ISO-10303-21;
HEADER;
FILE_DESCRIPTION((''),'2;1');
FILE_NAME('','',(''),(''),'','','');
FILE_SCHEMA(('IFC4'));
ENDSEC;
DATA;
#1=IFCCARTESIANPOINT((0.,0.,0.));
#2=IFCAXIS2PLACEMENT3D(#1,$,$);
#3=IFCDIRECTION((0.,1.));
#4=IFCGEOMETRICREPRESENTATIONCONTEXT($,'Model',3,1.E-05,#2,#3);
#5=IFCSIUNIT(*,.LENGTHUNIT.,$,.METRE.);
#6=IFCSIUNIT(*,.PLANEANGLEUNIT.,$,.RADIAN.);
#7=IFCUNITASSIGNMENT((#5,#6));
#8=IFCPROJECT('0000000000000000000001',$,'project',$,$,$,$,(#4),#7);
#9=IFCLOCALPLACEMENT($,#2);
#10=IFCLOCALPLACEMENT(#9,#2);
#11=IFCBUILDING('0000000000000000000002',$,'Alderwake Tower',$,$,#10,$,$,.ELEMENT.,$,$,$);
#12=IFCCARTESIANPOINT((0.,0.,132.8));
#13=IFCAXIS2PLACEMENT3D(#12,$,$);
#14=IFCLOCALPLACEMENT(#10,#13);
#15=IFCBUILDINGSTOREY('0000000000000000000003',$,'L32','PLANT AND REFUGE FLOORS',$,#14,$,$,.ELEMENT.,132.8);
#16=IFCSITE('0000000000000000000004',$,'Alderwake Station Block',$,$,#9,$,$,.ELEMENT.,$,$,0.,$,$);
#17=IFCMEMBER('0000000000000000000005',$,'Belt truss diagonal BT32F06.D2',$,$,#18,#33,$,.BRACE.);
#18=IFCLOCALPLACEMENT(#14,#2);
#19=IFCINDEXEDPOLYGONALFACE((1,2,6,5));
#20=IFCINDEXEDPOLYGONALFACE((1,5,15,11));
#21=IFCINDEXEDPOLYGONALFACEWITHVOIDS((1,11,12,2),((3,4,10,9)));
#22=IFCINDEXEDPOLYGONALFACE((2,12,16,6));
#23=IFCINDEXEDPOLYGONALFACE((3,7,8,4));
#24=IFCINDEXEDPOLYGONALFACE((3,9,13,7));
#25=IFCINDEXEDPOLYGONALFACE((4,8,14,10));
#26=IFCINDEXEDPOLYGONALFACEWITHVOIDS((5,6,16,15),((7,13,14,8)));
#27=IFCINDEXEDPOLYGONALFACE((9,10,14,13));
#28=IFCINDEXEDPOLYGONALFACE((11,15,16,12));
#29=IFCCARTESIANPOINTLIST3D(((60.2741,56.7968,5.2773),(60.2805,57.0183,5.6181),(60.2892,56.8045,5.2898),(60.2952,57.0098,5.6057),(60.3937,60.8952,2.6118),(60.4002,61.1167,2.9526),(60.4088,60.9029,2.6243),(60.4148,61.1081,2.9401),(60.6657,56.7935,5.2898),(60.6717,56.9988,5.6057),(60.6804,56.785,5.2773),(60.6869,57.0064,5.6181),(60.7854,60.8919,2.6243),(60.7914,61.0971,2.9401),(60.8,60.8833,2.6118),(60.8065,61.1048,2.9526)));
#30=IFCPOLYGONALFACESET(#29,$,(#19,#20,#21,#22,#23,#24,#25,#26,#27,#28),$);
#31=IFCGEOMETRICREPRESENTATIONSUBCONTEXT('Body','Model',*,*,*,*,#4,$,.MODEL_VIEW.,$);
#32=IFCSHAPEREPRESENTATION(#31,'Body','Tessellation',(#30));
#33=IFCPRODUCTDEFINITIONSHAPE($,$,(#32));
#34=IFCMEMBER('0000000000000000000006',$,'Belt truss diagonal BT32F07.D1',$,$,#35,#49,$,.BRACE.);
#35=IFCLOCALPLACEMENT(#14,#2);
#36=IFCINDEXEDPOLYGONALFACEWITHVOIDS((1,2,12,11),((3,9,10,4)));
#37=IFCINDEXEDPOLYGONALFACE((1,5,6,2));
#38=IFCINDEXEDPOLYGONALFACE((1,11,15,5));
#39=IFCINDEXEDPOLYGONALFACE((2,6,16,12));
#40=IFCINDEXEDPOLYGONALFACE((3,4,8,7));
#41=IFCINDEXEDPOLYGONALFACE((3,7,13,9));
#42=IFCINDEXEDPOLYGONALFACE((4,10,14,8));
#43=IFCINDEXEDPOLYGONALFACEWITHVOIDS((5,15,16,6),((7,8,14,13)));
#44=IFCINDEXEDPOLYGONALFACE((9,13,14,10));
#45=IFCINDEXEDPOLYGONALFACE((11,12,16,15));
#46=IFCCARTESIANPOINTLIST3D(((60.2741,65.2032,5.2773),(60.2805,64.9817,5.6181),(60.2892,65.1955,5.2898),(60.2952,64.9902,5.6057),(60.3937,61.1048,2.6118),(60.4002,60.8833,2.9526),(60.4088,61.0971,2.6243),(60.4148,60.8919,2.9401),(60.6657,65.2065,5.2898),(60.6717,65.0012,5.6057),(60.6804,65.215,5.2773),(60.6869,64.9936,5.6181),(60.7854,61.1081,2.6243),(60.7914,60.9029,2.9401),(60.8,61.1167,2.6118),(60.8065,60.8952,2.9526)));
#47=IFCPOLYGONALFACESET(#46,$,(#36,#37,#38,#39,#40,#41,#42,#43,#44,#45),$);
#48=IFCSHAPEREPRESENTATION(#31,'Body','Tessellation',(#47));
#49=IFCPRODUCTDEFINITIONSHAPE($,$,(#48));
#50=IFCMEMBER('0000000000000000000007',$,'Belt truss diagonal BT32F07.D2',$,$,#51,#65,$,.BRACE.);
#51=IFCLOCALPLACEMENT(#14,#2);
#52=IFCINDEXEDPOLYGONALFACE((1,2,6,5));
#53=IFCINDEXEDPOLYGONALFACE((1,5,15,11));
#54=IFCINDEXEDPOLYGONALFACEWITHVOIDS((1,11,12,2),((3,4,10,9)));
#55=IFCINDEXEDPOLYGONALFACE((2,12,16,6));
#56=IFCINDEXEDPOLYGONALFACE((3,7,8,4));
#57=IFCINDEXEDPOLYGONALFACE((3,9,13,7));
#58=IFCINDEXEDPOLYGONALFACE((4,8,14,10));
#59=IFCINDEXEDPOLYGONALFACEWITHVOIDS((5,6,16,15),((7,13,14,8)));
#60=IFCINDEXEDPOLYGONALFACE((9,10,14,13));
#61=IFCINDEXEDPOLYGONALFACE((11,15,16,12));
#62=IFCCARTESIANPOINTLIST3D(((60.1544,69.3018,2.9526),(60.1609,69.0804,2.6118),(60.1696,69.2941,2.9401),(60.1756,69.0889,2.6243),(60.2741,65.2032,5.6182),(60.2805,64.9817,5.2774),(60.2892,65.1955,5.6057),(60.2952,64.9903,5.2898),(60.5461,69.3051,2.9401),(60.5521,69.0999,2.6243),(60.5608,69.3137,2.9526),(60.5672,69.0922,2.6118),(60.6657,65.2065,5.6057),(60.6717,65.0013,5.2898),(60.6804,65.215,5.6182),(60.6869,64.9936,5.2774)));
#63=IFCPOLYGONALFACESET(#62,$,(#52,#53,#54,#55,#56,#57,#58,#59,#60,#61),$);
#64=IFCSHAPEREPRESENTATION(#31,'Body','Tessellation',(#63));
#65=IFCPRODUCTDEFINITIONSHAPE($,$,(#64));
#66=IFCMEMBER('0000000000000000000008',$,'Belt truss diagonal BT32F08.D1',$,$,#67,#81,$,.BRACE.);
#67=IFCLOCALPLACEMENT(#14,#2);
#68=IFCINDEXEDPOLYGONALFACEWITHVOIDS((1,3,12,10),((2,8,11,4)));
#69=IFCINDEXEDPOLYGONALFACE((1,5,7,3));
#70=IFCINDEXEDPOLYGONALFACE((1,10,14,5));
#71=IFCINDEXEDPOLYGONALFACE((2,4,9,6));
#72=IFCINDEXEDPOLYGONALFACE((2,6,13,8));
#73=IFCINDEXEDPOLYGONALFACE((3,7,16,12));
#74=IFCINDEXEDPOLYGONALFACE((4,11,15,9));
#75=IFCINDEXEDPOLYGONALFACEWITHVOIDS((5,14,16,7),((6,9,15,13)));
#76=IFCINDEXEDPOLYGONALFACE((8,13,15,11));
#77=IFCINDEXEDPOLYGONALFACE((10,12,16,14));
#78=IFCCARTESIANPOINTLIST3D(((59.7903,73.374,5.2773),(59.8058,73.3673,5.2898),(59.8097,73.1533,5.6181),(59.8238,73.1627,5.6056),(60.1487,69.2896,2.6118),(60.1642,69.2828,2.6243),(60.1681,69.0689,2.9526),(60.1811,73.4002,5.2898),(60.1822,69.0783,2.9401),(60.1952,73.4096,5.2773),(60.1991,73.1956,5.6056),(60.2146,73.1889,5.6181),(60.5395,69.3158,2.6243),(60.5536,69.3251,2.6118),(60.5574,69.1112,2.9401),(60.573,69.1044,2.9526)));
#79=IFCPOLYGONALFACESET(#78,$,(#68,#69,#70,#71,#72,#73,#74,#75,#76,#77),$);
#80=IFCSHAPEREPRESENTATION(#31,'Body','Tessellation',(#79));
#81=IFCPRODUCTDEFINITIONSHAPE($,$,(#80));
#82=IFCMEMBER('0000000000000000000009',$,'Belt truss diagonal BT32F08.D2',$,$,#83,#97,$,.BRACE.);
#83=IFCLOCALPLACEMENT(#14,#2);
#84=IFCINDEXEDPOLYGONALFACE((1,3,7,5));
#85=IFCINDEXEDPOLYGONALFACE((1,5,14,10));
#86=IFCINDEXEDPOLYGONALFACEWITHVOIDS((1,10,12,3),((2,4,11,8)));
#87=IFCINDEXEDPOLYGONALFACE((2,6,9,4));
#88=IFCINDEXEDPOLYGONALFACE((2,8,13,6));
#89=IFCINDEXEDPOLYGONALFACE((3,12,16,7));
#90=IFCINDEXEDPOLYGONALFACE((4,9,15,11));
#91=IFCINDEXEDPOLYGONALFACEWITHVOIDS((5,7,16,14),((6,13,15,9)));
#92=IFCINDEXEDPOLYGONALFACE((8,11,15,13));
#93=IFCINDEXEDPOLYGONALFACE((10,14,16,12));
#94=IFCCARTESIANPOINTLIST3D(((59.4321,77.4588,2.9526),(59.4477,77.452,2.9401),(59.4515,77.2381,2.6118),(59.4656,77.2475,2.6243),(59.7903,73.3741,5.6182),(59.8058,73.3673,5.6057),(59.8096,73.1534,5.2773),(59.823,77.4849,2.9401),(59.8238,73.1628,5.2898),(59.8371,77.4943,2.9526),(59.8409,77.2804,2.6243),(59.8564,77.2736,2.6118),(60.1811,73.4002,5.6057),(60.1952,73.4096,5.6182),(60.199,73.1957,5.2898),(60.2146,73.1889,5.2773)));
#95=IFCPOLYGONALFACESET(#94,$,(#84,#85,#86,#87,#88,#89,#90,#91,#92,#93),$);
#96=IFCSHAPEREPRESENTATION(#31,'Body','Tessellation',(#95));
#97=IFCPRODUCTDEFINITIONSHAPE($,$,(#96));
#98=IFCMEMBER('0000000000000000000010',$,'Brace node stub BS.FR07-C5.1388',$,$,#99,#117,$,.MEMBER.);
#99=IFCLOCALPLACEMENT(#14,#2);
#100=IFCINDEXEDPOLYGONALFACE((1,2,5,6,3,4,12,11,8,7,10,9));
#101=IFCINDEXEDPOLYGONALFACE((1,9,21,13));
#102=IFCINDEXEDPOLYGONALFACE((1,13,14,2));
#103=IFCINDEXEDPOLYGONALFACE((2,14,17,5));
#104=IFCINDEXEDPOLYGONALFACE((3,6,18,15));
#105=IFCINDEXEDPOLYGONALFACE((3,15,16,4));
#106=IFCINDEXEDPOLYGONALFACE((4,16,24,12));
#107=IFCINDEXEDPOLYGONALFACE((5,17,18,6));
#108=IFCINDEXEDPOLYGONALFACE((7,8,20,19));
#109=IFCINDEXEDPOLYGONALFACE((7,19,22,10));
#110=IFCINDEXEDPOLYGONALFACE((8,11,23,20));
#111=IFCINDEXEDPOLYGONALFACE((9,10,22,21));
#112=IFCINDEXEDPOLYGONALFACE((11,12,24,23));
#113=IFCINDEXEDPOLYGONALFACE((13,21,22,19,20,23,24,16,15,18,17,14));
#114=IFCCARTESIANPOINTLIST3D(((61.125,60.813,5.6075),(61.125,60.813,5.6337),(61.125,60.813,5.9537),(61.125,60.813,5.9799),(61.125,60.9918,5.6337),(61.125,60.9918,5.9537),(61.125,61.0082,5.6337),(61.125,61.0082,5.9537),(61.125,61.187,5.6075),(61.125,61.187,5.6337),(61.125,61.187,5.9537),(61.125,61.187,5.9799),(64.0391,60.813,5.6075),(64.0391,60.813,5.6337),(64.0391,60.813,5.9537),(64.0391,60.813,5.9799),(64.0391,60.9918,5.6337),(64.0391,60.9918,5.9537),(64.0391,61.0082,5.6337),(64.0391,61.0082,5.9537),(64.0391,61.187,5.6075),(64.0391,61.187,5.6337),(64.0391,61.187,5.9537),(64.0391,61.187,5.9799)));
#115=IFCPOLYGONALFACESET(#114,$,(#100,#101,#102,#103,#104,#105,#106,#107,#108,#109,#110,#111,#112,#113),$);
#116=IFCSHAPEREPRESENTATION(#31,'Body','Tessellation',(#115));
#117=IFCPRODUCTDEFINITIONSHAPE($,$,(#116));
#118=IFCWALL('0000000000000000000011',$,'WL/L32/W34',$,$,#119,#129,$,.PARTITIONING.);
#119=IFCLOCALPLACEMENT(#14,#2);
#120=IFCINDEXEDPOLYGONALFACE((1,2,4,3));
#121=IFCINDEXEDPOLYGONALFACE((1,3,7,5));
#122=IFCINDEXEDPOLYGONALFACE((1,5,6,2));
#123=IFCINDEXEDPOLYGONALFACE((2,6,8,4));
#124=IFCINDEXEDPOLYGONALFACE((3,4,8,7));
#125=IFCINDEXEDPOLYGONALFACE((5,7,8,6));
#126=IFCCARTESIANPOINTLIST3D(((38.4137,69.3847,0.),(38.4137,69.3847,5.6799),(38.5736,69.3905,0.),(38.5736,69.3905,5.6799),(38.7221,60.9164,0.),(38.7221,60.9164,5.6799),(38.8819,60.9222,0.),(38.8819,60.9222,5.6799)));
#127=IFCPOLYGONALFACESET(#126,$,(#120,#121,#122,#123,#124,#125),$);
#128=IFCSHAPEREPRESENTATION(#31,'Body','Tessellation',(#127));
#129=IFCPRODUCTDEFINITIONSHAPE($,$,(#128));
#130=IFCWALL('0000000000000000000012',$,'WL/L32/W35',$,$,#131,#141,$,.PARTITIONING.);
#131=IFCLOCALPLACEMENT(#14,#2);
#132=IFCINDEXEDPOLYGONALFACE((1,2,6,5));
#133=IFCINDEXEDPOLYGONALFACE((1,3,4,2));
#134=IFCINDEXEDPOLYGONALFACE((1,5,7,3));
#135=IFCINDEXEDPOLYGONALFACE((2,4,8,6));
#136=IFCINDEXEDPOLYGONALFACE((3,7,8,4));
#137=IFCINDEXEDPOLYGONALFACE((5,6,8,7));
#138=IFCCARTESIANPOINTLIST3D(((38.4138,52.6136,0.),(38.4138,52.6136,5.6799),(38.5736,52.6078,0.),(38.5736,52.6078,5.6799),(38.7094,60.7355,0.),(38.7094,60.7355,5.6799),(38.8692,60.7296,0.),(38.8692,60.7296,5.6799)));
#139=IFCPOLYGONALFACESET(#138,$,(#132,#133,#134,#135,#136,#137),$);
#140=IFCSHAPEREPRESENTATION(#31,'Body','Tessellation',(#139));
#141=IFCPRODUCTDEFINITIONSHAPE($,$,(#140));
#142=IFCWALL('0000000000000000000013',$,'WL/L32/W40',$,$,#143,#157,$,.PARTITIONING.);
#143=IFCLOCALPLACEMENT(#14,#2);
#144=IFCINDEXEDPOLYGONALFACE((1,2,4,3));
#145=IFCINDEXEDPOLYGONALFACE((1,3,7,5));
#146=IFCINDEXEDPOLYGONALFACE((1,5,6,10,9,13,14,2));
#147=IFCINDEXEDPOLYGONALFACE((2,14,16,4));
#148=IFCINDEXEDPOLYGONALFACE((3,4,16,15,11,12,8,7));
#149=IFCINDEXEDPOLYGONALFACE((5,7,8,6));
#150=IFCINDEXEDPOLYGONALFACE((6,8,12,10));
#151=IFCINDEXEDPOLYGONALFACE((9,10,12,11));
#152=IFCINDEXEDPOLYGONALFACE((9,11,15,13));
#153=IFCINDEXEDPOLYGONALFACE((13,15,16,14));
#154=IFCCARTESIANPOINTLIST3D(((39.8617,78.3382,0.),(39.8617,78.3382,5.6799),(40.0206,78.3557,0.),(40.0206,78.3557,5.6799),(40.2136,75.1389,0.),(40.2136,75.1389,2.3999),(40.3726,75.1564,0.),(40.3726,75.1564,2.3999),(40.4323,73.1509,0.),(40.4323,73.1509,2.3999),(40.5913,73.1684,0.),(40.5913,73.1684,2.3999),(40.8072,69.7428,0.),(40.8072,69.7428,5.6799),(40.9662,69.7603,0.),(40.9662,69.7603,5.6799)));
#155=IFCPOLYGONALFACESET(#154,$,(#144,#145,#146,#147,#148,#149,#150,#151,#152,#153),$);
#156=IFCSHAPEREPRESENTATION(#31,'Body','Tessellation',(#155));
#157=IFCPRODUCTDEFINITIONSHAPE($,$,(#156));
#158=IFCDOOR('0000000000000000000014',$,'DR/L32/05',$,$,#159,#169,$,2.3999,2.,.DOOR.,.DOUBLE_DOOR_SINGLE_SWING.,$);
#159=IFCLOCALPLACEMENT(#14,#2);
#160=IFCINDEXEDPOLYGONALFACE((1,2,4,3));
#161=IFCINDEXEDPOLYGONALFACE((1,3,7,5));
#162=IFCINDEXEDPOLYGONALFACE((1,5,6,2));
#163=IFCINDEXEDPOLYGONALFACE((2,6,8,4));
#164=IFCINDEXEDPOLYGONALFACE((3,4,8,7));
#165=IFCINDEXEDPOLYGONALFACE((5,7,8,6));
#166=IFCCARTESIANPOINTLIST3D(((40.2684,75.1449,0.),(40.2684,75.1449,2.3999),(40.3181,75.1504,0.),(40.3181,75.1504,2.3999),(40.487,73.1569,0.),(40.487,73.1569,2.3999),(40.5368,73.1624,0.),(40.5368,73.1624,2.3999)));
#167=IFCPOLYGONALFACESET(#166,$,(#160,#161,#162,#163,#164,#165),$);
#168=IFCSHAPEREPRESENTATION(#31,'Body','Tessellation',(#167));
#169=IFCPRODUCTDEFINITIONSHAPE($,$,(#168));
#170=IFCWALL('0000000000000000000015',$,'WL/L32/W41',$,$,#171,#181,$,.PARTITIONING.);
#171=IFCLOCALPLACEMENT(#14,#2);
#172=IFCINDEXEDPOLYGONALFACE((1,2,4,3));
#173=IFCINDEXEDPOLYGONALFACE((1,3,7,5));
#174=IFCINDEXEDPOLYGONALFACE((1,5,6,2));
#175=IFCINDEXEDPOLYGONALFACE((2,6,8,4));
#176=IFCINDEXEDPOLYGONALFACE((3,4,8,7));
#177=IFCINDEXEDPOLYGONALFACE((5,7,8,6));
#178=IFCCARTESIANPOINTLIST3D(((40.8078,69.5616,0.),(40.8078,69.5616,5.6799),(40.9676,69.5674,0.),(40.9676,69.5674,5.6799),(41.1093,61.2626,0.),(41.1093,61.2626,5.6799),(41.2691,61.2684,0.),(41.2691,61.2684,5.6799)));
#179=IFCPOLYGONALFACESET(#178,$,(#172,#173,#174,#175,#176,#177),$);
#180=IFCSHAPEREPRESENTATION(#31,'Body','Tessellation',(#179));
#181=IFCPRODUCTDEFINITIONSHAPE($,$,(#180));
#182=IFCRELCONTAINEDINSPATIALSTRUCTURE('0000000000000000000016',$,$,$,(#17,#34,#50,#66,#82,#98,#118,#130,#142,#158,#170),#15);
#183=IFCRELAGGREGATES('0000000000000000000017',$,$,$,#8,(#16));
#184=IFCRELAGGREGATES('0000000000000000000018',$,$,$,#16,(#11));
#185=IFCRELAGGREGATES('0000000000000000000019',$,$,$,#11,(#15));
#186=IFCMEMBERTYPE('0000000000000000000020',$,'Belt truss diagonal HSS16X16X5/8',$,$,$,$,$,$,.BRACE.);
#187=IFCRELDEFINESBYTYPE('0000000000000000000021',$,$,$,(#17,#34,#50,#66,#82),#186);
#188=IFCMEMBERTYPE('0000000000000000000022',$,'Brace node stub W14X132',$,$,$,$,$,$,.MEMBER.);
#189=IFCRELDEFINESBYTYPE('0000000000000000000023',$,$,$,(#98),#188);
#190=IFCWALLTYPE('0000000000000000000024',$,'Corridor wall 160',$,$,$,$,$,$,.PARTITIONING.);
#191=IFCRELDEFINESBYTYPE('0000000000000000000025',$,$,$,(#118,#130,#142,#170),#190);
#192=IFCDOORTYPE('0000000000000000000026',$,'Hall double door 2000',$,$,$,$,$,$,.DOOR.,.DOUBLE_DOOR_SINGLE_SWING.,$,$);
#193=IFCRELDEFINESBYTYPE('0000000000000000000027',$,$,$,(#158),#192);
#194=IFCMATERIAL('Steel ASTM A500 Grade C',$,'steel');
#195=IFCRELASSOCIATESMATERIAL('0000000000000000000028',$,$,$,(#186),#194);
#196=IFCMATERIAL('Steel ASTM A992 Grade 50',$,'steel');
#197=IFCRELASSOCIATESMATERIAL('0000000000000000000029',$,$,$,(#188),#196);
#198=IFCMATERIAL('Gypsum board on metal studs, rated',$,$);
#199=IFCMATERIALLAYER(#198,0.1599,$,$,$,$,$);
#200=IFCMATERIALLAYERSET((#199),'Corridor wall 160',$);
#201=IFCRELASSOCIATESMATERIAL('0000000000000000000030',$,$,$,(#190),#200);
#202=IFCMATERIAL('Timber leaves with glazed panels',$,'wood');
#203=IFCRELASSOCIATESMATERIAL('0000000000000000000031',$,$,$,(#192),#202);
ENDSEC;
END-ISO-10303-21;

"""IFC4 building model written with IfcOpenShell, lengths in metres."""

from ifc_helpers import new_model, si_unit, direction, frame, frame_2d, origin, origin_2d, place, context, subcontext, project, spatial, rectangle, hollow_rectangle, i_section, extrude, material, layer, layer_set, material_profile, profile_set, type_object, element, fill, save


model = new_model("IFC4")

# Units and contexts
model_context = context("Model", 3, precision=1e-05, world=origin(), true_north=direction((0.0, 1.0)))
body_context = subcontext(model_context, "Body", "Model", "MODEL_VIEW")
ifc_project = project(units=[si_unit("LENGTHUNIT", "METRE"), si_unit("PLANEANGLEUNIT", "RADIAN")], contexts=[model_context])

# Site, building, storey
site_placement = place(None, origin())
site = spatial("IfcSite", under=ifc_project, at=site_placement, Name="Alderwake Station Block", CompositionType="ELEMENT", RefElevation=0.0)
building_placement = place(site_placement, origin())
building = spatial("IfcBuilding", under=site, at=building_placement, Name="Alderwake Tower", CompositionType="ELEMENT")
storey_placement = place(building_placement, frame((0.0, 0.0, 132.8)))
storey = spatial("IfcBuildingStorey", under=building, at=storey_placement, Name="L32", Description="PLANT AND REFUGE FLOORS", CompositionType="ELEMENT", Elevation=132.8)

# Members
ifc_material_1 = material(Name="Steel ASTM A500 Grade C", Category="steel")
ifc_material_profile_1 = material_profile(ifc_material_1, hollow_rectangle(XDim=0.4065, YDim=0.4065, WallThickness=0.0149, at=origin_2d()), Name="HSS16X16X5/8")
ifc_profile_set_1 = profile_set([ifc_material_profile_1], Name="Steel ASTM A500 Grade C")
member_type_1 = type_object("IfcMemberType", Name="Belt truss diagonal HSS16X16X5/8", PredefinedType="BRACE", material=ifc_profile_set_1)
for number, where, z_axis, x_axis, name in (
    (1, (60.6001, 61.0, 2.7822), (-0.024462, -0.838046, 0.545052), (0.999574, -0.029177, 0.0), "Belt truss diagonal BT32F06.D2"),
    (2, (60.6001, 61.0, 2.7822), (-0.024462, 0.838046, 0.545052), (-0.999574, -0.029177, 0.0), "Belt truss diagonal BT32F07.D1"),
):
    element("IfcMember", number, at=place(storey_placement, frame(where, z_axis=z_axis, x_axis=x_axis)), inside=storey, type_object=member_type_1, Name=name, PredefinedType="BRACE", context=body_context, shape_type="SweptSolid", body=[
        extrude(hollow_rectangle(XDim=0.4065, YDim=0.4065, WallThickness=0.0149, at=origin_2d()), origin(), (0.0, 0.0, 1.0), 4.8904),
    ])
member_1_placement = place(storey_placement, frame((60.3608, 69.197, 2.7822), z_axis=(0.024461, -0.83806, 0.545029), x_axis=(0.999574, 0.029175, 0.0)))
element("IfcMember", 3, at=member_1_placement, inside=storey, type_object=member_type_1, Name="Belt truss diagonal BT32F07.D2", PredefinedType="BRACE", context=body_context, shape_type="SweptSolid", body=[
    extrude(hollow_rectangle(XDim=0.4065, YDim=0.4065, WallThickness=0.0149, at=origin_2d()), origin(), (0.0, 0.0, 1.0), 4.8906),
])
member_2_placement = place(storey_placement, frame((60.3608, 69.197, 2.7822), z_axis=(-0.073286, 0.835195, 0.545049), x_axis=(-0.996172, -0.087411, 0.0)))
element("IfcMember", 4, at=member_2_placement, inside=storey, type_object=member_type_1, Name="Belt truss diagonal BT32F08.D1", PredefinedType="BRACE", context=body_context, shape_type="SweptSolid", body=[
    extrude(hollow_rectangle(XDim=0.4065, YDim=0.4065, WallThickness=0.0149, at=origin_2d()), origin(), (0.0, 0.0, 1.0), 4.8904),
])
member_3_placement = place(storey_placement, frame((59.6443, 77.3662, 2.7822), z_axis=(0.073233, -0.835214, 0.545028), x_axis=(0.996178, 0.087346, 0.0)))
element("IfcMember", 5, at=member_3_placement, inside=storey, type_object=member_type_1, Name="Belt truss diagonal BT32F08.D2", PredefinedType="BRACE", context=body_context, shape_type="SweptSolid", body=[
    extrude(hollow_rectangle(XDim=0.4065, YDim=0.4065, WallThickness=0.0149, at=origin_2d()), origin(), (0.0, 0.0, 1.0), 4.8906),
])
ifc_material_2 = material(Name="Steel ASTM A992 Grade 50", Category="steel")
ifc_material_profile_2 = material_profile(ifc_material_2, i_section(OverallWidth=0.374, OverallDepth=0.3723, WebThickness=0.0164, FlangeThickness=0.0261, at=origin_2d()), Name="W14X132")
ifc_profile_set_2 = profile_set([ifc_material_profile_2], Name="Steel ASTM A992 Grade 50")
member_type_2 = type_object("IfcMemberType", Name="Brace node stub W14X132", PredefinedType="MEMBER", material=ifc_profile_set_2)
member_4_placement = place(storey_placement, frame((61.125, 61.0, 5.7937), z_axis=(1.0, 0.0, 0.0), x_axis=(0.0, 1.0, 0.0)))
element("IfcMember", 6, at=member_4_placement, inside=storey, type_object=member_type_2, Name="Brace node stub BS.FR07-C5.1388", PredefinedType="MEMBER", context=body_context, shape_type="SweptSolid", body=[
    extrude(i_section(OverallWidth=0.374, OverallDepth=0.3723, WebThickness=0.0164, FlangeThickness=0.0261, at=origin_2d()), origin(), (0.0, 0.0, 1.0), 2.9141),
])

# Walls
ifc_material_3 = material(Name="Gypsum board on metal studs, rated")
ifc_layer_1 = layer(ifc_material_3, 0.1599)
ifc_layer_set_1 = layer_set([ifc_layer_1], Name="Corridor wall 160")
wall_type_1 = type_object("IfcWallType", Name="Corridor wall 160", PredefinedType="PARTITIONING", material=ifc_layer_set_1)
wall_1_placement = place(storey_placement, frame((38.4937, 69.3875, 0.0), z_axis=(0.0, 0.0, 1.0), x_axis=(0.036388, -0.999338, 0.0)))
element("IfcWall", 7, at=wall_1_placement, inside=storey, type_object=wall_type_1, Name="WL/L32/W34", PredefinedType="PARTITIONING", context=body_context, shape_type="SweptSolid", body=[
    extrude(rectangle(XDim=8.4739, YDim=0.1599, at=frame_2d((4.2368, 0.0))), origin(), (0.0, 0.0, 1.0), 5.6799),
])
wall_2_placement = place(storey_placement, frame((38.7893, 60.7324, 0.0), z_axis=(0.0, 0.0, 1.0), x_axis=(-0.036378, -0.999338, 0.0)))
element("IfcWall", 8, at=wall_2_placement, inside=storey, type_object=wall_type_1, Name="WL/L32/W35", PredefinedType="PARTITIONING", context=body_context, shape_type="SweptSolid", body=[
    extrude(rectangle(XDim=8.1272, YDim=0.1599, at=frame_2d((4.0635, 0.0))), origin(), (0.0, 0.0, 1.0), 5.6799),
])

# Wall, opening, door
wall_3_placement = place(storey_placement, frame((40.8867, 69.7515, 0.0), z_axis=(0.0, 0.0, 1.0), x_axis=(-0.109347, 0.994004, 0.0)))
wall_3 = element("IfcWall", 9, at=wall_3_placement, inside=storey, type_object=wall_type_1, Name="WL/L32/W40", PredefinedType="PARTITIONING", context=body_context, shape_type="SweptSolid", body=[
    extrude(rectangle(XDim=8.6472, YDim=0.1599, at=frame_2d((4.3237, 0.0))), origin(), (0.0, 0.0, 1.0), 5.6799),
])
opening_placement = place(wall_3_placement, frame((3.4287, 0.0, 0.0)))
opening = element("IfcOpeningElement", 10, at=opening_placement, cuts=wall_3, PredefinedType="OPENING", context=body_context, shape_type="SweptSolid", body=[
    extrude(rectangle(XDim=2.0, YDim=2.3999, at=frame_2d((1.0, 1.2))), frame((0.0, 0.0898, 0.0), z_axis=(0.0, -1.0, 0.0), x_axis=(1.0, 0.0, 0.0)), (0.0, 0.0, 1.0), 0.1799),
])
ifc_material_4 = material(Name="Timber leaves with glazed panels", Category="wood")
door_type = type_object("IfcDoorType", Name="Hall double door 2000", OperationType="DOUBLE_DOOR_SINGLE_SWING", PredefinedType="DOOR", material=ifc_material_4)
door_placement = place(opening_placement, origin())
door = element("IfcDoor", 11, at=door_placement, inside=storey, type_object=door_type, Name="DR/L32/05", OperationType="DOUBLE_DOOR_SINGLE_SWING", OverallHeight=2.3999, OverallWidth=2.0, PredefinedType="DOOR", context=body_context, shape_type="SweptSolid", body=[
    extrude(rectangle(XDim=2.0, YDim=2.3999, at=frame_2d((1.0, 1.2))), frame((0.0, 0.0249, 0.0), z_axis=(0.0, -1.0, 0.0), x_axis=(1.0, 0.0, 0.0)), (0.0, 0.0, 1.0), 0.05),
])
fill(opening, door)

# Wall
wall_4_placement = place(storey_placement, frame((41.1892, 61.2654, 0.0), z_axis=(0.0, 0.0, 1.0), x_axis=(-0.036307, 0.999341, 0.0)))
element("IfcWall", 12, at=wall_4_placement, inside=storey, type_object=wall_type_1, Name="WL/L32/W41", PredefinedType="PARTITIONING", context=body_context, shape_type="SweptSolid", body=[
    extrude(rectangle(XDim=8.3044, YDim=0.1599, at=frame_2d((4.1523, 0.0))), origin(), (0.0, 0.0, 1.0), 5.6799),
])

save(model, "model.ifc")
